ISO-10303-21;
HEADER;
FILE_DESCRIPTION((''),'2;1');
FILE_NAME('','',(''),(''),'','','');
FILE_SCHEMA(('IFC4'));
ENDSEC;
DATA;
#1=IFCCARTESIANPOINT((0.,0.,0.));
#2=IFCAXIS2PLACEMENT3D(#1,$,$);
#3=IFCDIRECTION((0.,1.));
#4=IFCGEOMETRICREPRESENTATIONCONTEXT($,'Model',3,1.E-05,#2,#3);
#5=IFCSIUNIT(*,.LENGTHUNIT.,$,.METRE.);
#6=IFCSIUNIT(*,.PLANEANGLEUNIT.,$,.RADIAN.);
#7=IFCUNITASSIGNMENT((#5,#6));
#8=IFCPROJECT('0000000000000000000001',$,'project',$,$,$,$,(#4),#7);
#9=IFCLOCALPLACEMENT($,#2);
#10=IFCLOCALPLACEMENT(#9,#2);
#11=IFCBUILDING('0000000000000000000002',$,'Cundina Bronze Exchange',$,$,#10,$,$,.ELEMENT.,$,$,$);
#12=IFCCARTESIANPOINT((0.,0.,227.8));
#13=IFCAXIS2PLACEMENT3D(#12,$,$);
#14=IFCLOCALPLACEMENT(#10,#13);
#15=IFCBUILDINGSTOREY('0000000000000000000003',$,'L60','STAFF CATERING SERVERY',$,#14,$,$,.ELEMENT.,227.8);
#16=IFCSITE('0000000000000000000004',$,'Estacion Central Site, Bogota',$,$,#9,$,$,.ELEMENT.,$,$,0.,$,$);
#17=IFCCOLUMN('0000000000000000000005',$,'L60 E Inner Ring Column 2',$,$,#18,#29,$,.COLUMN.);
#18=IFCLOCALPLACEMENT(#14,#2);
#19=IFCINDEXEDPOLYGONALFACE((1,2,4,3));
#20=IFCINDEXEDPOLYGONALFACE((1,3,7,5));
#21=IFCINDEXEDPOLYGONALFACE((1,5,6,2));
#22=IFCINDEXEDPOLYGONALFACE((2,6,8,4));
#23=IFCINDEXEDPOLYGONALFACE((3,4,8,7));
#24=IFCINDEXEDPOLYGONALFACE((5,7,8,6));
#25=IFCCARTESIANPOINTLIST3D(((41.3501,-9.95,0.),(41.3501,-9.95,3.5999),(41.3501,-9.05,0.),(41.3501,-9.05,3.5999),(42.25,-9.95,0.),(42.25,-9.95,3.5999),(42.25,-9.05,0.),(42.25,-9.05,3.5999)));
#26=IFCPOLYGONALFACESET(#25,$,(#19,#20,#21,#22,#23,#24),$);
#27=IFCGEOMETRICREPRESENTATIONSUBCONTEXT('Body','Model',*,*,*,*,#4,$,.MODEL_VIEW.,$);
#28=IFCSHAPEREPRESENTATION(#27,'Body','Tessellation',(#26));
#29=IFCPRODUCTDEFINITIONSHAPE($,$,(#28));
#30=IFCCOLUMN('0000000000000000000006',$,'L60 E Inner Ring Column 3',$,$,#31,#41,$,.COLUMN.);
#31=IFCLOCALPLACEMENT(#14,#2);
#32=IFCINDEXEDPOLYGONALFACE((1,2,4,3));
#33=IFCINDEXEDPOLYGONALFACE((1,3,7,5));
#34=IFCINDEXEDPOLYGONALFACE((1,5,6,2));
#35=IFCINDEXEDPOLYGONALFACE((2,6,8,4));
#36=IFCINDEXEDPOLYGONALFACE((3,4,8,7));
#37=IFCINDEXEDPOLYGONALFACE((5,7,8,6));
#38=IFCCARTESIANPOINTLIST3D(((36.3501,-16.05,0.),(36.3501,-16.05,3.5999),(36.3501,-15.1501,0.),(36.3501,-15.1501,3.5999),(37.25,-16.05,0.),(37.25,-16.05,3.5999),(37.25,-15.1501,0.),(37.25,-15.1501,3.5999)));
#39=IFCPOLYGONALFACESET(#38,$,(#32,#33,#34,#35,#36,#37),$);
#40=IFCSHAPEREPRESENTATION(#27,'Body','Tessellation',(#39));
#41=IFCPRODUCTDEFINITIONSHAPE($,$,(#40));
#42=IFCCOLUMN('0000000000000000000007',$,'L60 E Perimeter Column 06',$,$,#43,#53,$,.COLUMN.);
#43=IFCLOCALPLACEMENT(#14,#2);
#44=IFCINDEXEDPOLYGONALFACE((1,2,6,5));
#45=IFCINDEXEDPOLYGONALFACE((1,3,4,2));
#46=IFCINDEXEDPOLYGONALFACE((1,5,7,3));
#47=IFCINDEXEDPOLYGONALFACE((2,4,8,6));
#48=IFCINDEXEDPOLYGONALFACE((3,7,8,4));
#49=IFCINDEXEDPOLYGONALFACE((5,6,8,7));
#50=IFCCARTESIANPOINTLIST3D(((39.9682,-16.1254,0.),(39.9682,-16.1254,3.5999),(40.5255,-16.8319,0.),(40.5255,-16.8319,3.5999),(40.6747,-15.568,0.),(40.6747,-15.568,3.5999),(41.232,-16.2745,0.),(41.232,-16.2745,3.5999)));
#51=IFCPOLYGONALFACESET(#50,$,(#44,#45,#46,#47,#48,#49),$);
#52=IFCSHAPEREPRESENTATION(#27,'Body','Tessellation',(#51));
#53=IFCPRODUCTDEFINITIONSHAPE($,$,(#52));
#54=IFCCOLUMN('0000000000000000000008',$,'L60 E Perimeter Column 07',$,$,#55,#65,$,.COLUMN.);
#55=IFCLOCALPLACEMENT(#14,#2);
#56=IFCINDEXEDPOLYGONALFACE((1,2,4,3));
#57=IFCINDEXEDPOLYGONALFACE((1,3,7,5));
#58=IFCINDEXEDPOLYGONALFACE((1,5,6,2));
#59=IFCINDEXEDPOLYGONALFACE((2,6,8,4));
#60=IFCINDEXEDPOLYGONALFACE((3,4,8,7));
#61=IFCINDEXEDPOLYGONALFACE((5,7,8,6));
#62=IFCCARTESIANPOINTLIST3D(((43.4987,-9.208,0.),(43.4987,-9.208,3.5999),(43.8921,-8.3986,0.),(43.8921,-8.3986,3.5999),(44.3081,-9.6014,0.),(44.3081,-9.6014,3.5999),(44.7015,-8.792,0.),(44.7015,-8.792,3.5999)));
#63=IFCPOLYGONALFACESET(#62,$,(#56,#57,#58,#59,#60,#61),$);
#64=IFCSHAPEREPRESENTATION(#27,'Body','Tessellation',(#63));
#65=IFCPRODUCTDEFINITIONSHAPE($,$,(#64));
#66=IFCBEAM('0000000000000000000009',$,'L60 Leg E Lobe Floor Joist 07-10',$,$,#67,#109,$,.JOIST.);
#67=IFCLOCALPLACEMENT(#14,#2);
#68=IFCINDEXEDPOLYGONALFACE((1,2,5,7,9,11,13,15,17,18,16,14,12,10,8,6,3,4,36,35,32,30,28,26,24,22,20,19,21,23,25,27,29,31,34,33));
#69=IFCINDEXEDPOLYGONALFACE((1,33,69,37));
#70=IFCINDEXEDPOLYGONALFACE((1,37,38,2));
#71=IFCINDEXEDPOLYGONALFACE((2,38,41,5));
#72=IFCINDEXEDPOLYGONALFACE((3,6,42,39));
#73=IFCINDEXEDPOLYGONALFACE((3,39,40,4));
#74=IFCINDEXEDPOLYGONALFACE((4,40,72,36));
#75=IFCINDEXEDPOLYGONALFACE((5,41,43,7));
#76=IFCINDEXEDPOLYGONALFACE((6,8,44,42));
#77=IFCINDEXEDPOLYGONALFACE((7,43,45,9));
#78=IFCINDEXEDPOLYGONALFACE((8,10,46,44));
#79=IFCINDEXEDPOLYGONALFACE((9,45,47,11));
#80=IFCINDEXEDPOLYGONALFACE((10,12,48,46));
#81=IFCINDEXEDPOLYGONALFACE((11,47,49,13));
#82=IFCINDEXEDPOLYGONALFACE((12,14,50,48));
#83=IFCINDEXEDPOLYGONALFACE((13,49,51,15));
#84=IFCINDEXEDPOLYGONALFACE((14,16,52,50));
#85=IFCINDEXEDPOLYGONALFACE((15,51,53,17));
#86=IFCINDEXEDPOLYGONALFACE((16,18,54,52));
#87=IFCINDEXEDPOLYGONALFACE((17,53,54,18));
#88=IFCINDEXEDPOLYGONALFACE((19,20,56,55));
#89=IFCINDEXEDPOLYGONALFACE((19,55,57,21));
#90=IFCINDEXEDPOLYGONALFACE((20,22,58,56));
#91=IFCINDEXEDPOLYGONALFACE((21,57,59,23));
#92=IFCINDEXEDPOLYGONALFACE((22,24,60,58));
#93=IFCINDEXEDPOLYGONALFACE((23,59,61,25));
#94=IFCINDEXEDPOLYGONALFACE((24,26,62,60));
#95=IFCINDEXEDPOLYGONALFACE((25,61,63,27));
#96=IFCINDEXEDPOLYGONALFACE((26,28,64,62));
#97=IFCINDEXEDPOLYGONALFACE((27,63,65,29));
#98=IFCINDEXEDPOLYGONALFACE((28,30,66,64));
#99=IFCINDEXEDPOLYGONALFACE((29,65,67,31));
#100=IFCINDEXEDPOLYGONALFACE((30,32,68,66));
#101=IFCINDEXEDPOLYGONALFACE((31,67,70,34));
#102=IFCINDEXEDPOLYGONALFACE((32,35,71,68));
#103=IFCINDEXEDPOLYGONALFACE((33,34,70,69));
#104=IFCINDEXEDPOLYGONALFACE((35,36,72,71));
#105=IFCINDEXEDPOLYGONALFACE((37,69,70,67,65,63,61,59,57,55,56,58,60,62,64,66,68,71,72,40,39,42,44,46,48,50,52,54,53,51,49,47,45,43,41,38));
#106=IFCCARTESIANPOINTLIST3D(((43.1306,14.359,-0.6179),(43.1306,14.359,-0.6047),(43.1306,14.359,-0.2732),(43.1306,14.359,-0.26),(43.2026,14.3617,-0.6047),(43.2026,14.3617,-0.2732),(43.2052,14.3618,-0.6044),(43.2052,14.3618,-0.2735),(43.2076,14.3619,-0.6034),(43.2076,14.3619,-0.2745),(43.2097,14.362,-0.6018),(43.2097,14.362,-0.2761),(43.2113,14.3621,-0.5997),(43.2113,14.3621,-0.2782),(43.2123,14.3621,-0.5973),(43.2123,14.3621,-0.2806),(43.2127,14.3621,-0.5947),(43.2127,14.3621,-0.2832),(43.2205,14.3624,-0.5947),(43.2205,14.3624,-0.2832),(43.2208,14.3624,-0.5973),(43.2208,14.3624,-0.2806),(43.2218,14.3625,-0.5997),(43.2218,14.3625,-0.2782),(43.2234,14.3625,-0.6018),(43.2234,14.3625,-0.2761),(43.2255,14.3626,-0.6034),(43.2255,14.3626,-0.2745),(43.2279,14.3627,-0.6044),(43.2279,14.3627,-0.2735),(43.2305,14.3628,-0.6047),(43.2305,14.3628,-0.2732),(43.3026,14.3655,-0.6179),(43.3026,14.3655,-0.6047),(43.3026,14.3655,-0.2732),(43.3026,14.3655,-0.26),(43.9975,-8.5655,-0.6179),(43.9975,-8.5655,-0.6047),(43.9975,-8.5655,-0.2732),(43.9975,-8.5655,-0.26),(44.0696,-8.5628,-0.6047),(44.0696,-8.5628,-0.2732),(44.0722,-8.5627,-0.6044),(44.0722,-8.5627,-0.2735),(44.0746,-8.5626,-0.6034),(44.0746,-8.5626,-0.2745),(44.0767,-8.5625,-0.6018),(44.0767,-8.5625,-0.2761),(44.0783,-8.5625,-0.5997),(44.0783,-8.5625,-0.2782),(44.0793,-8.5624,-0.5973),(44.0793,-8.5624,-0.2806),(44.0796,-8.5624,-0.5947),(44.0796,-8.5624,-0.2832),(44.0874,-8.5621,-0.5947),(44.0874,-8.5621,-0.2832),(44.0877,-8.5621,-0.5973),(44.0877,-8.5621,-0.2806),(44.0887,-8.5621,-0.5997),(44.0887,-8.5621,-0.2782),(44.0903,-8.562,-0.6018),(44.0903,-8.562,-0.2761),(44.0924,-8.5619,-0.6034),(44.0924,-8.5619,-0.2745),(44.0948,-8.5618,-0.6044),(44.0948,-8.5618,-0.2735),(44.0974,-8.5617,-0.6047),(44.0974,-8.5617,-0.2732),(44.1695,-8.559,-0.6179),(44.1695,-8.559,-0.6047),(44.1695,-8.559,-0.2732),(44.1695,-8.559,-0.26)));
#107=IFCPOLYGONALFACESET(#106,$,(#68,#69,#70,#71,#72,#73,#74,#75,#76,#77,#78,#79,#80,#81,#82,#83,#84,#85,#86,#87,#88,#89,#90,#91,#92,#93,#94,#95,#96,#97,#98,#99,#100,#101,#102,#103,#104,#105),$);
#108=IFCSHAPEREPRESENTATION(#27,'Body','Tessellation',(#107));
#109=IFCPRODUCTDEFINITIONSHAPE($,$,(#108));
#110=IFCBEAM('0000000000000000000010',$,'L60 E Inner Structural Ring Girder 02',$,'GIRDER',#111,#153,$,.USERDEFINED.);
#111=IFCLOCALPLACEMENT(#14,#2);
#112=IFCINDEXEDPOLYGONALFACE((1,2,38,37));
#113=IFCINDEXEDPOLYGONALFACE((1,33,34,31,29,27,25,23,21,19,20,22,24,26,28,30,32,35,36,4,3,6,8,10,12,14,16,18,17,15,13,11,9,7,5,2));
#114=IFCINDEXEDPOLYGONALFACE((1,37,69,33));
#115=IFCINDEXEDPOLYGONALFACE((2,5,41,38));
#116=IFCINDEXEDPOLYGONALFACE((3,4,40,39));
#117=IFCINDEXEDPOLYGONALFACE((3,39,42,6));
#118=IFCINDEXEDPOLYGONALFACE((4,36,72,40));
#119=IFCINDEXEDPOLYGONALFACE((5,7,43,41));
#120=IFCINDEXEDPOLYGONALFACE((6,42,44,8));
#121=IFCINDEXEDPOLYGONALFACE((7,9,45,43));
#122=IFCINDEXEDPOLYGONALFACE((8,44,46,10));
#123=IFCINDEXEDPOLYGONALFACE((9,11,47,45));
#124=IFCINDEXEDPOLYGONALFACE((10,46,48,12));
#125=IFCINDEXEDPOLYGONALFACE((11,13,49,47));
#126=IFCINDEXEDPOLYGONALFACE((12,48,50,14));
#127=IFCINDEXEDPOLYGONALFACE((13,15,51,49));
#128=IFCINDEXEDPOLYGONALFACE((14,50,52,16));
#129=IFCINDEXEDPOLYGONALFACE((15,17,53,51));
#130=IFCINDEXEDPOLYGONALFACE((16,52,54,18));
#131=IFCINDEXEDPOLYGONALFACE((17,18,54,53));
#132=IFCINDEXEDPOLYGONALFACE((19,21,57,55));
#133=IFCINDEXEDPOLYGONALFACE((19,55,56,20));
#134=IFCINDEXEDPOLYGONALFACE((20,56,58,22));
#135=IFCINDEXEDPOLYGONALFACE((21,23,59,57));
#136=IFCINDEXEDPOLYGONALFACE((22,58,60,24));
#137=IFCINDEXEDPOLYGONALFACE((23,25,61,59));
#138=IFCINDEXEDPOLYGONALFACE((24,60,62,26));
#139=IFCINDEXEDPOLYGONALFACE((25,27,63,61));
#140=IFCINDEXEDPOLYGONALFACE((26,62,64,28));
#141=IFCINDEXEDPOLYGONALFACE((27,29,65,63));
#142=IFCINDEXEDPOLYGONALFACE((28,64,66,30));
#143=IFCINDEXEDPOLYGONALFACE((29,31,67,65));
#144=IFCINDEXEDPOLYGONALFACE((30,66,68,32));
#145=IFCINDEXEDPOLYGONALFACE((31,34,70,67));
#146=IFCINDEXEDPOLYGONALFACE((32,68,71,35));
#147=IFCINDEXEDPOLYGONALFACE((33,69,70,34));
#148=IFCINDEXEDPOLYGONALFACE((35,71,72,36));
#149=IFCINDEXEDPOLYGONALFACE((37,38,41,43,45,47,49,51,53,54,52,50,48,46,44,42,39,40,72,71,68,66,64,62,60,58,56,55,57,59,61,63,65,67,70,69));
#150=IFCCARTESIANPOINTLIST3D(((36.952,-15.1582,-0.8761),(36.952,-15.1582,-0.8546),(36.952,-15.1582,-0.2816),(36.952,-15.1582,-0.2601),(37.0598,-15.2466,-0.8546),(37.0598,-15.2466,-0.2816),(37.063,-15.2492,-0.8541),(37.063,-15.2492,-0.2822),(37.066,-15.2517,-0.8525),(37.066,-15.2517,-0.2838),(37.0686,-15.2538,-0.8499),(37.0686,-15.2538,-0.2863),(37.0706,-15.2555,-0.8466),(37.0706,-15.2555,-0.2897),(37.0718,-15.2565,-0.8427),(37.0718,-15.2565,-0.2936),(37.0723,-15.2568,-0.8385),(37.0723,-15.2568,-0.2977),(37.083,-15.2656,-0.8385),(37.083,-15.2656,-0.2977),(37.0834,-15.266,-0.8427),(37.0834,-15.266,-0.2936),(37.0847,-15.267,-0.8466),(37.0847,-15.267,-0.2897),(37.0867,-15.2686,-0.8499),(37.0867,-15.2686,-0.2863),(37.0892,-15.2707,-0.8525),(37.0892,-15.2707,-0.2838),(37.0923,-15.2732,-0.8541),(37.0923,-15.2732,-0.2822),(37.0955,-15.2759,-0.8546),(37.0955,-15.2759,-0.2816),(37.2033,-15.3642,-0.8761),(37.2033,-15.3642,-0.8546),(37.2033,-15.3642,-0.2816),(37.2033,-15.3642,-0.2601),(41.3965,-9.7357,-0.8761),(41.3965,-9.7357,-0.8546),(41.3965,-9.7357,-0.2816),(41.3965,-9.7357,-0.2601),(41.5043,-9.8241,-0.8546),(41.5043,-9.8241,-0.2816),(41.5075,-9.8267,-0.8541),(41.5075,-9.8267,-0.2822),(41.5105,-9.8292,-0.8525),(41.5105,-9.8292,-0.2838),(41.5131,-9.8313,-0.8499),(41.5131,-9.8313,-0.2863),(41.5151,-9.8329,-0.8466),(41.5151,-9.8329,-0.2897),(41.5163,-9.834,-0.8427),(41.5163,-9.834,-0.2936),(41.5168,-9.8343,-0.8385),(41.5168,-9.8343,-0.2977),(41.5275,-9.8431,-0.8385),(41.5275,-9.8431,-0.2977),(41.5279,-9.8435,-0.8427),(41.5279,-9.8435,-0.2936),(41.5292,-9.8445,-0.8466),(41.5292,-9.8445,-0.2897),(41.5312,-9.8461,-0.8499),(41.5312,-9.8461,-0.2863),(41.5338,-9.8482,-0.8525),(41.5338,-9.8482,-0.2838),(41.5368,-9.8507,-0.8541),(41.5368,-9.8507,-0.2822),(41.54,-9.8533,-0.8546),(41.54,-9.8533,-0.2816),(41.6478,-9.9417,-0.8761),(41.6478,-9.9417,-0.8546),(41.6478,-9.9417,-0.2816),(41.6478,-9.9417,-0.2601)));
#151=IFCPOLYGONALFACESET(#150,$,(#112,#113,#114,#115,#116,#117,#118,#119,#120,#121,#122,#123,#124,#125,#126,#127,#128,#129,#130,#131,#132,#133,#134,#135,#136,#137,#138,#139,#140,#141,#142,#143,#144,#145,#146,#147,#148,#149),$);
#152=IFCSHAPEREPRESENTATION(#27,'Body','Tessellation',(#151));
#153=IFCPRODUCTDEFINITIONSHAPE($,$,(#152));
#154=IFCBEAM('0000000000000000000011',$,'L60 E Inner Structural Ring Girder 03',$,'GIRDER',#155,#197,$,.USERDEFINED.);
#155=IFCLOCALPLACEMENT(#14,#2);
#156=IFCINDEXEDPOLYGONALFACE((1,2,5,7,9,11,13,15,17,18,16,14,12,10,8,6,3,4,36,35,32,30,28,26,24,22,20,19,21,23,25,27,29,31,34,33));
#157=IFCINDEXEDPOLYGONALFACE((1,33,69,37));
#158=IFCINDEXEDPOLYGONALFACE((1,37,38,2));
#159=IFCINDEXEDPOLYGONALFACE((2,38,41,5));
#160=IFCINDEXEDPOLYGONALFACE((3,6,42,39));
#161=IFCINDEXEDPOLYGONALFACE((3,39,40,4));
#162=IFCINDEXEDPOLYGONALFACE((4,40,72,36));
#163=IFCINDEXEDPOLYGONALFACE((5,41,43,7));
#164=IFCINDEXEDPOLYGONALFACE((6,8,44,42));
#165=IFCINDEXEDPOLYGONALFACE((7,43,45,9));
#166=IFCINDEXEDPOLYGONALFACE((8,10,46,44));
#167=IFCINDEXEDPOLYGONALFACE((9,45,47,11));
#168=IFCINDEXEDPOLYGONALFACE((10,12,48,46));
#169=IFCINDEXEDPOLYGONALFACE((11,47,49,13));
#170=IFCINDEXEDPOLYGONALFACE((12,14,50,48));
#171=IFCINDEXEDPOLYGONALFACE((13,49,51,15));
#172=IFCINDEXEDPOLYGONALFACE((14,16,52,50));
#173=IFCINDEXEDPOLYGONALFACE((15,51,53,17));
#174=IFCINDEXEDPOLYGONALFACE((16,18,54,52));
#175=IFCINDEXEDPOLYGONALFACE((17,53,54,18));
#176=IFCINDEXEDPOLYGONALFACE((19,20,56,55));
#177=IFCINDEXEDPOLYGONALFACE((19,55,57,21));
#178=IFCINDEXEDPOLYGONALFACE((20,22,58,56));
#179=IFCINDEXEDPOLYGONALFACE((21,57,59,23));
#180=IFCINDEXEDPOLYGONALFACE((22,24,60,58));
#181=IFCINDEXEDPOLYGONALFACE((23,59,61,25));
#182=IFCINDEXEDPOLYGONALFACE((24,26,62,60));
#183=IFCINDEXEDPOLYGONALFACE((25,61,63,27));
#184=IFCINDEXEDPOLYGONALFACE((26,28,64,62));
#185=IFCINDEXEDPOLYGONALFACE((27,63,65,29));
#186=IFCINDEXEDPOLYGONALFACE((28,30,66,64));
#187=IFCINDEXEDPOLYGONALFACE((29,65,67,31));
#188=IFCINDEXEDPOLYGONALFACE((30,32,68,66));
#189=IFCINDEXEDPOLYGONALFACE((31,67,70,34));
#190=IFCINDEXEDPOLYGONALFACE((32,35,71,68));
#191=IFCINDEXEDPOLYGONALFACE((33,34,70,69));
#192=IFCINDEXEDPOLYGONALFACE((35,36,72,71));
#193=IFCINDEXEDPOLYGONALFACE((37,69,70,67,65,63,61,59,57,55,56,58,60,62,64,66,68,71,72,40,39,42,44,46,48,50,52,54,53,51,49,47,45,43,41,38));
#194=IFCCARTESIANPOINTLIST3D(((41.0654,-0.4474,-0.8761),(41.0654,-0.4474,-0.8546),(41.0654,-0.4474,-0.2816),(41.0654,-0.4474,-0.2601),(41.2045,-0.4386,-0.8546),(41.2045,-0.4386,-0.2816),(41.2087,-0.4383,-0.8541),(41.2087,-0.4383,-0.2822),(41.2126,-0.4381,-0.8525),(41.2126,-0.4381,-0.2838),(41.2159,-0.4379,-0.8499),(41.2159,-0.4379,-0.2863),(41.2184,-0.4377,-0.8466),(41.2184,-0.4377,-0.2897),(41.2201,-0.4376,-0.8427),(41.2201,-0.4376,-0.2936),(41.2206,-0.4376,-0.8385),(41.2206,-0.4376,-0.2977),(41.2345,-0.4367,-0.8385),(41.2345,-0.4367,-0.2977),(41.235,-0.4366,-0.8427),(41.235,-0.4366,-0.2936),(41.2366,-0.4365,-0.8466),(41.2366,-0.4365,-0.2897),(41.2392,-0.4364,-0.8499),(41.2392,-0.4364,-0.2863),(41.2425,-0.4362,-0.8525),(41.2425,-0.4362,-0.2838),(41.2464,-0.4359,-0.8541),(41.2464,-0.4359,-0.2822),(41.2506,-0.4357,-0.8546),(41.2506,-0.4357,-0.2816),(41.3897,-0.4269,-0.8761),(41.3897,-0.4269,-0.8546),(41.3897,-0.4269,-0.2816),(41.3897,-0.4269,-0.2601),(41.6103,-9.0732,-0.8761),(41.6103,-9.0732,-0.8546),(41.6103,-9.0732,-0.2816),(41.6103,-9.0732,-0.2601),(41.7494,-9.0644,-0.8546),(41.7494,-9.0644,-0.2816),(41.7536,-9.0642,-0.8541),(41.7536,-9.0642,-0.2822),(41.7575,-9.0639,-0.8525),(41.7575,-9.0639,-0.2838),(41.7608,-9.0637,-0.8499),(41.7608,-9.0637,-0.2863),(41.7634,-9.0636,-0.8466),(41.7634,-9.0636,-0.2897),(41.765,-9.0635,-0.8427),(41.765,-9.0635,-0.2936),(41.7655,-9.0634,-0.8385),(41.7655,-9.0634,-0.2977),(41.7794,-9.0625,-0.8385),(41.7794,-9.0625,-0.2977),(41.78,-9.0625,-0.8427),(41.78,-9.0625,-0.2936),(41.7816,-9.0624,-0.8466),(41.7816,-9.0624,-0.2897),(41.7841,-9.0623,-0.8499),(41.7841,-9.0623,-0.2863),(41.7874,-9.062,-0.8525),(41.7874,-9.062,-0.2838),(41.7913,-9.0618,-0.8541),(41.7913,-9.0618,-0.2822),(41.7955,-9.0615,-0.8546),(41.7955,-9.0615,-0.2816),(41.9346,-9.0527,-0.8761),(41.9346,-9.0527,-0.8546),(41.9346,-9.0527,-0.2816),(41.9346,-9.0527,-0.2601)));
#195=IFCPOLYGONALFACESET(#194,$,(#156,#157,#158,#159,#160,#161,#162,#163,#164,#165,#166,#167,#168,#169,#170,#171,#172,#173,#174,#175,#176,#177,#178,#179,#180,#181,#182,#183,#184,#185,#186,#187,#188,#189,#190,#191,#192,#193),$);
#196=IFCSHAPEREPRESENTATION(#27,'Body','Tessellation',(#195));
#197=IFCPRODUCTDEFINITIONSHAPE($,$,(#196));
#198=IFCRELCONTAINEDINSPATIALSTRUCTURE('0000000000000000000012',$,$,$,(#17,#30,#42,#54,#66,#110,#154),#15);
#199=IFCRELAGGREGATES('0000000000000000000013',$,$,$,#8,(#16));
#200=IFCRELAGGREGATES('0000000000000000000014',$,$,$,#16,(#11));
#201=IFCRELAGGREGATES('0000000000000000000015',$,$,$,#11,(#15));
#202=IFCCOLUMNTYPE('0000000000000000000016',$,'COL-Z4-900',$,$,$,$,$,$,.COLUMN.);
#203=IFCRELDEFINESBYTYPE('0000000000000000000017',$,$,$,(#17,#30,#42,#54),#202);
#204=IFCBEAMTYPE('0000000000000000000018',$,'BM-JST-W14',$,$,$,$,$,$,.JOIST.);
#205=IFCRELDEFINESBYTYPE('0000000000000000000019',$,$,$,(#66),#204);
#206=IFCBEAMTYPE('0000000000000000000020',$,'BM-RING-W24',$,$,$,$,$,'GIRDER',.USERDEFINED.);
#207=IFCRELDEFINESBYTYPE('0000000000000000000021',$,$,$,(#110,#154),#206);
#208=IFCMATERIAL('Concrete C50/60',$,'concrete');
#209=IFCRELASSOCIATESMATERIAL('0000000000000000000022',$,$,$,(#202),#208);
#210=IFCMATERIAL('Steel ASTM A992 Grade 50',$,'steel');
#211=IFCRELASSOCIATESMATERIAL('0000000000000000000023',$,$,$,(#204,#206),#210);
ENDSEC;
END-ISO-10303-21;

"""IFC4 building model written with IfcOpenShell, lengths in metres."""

from ifc_helpers import new_model, si_unit, direction, frame, origin, origin_2d, place, context, subcontext, project, spatial, rectangle, i_section, extrude, material, material_profile, profile_set, type_object, element, save


model = new_model("IFC4")

# Units and contexts
model_context = context("Model", 3, precision=1e-05, world=origin(), true_north=direction((0.0, 1.0)))
body_context = subcontext(model_context, "Body", "Model", "MODEL_VIEW")
ifc_project = project(units=[si_unit("LENGTHUNIT", "METRE"), si_unit("PLANEANGLEUNIT", "RADIAN")], contexts=[model_context])

# Site, building, storey
site_placement = place(None, origin())
site = spatial("IfcSite", under=ifc_project, at=site_placement, Name="Estacion Central Site, Bogota", CompositionType="ELEMENT", RefElevation=0.0)
building_placement = place(site_placement, origin())
building = spatial("IfcBuilding", under=site, at=building_placement, Name="Cundina Bronze Exchange", CompositionType="ELEMENT")
storey_placement = place(building_placement, frame((0.0, 0.0, 227.8)))
storey = spatial("IfcBuildingStorey", under=building, at=storey_placement, Name="L60", Description="STAFF CATERING SERVERY", CompositionType="ELEMENT", Elevation=227.8)

# Columns
ifc_material_1 = material(Name="Concrete C50/60", Category="concrete")
ifc_material_profile_1 = material_profile(ifc_material_1, rectangle(XDim=0.8999, YDim=0.8999, at=origin_2d()), Name="RC900X900", Category="concrete")
ifc_profile_set_1 = profile_set([ifc_material_profile_1], Name="Concrete C50/60")
column_type = type_object("IfcColumnType", Name="COL-Z4-900", PredefinedType="COLUMN", material=ifc_profile_set_1)
for number, where, z_axis, x_axis, name in (
    (1, (41.8, -9.5, 0.0), (0.0, 0.0, 1.0), (1.0, 0.0, 0.0), "L60 E Inner Ring Column 2"),
    (2, (36.8, -15.6001, 0.0), (0.0, 0.0, 1.0), (1.0, 0.0, 0.0), "L60 E Inner Ring Column 3"),
    (3, (40.6001, -16.2, 0.0), (0.0, 0.0, 1.0), (0.785101, 0.619368, 0.0), "L60 E Perimeter Column 06"),
    (4, (44.1001, -9.0, 0.0), (0.0, 0.0, 1.0), (0.437116, 0.899405, 0.0), "L60 E Perimeter Column 07"),
):
    element("IfcColumn", number, at=place(storey_placement, frame(where, z_axis=z_axis, x_axis=x_axis)), inside=storey, type_object=column_type, Name=name, PredefinedType="COLUMN", context=body_context, shape_type="SweptSolid", body=[
        extrude(rectangle(XDim=0.8999, YDim=0.8999, at=origin_2d()), origin(), (0.0, 0.0, 1.0), 3.5999),
    ])

# Beams
ifc_material_2 = material(Name="Steel ASTM A992 Grade 50", Category="steel")
ifc_material_profile_2 = material_profile(ifc_material_2, i_section(OverallWidth=0.1721, OverallDepth=0.3579, WebThickness=0.0078, FlangeThickness=0.0132, FilletRadius=0.01, at=origin_2d()), Name="W14X38", Category="steel")
ifc_profile_set_2 = profile_set([ifc_material_profile_2], Name="Steel ASTM A992 Grade 50")
beam_type_1 = type_object("IfcBeamType", Name="BM-JST-W14", PredefinedType="JOIST", material=ifc_profile_set_2)
beam_1_placement = place(storey_placement, frame((44.0835, -8.5623, -0.439), z_axis=(-0.03779, 0.999286, 0.0), x_axis=(-0.999286, -0.03779, 0.0)))
element("IfcBeam", 5, at=beam_1_placement, inside=storey, type_object=beam_type_1, Name="L60 Leg E Lobe Floor Joist 07-10", PredefinedType="JOIST", context=body_context, shape_type="SweptSolid", body=[
    extrude(i_section(OverallWidth=0.1721, OverallDepth=0.3579, WebThickness=0.0078, FlangeThickness=0.0132, FilletRadius=0.01, at=origin_2d()), origin(), (0.0, 0.0, 1.0), 22.9409),
])
ifc_material_profile_3 = material_profile(ifc_material_2, i_section(OverallWidth=0.325, OverallDepth=0.616, WebThickness=0.0139, FlangeThickness=0.0215, FilletRadius=0.0161, at=origin_2d()), Name="W24X117", Category="steel")
ifc_profile_set_3 = profile_set([ifc_material_profile_3], Name="Steel ASTM A992 Grade 50")
beam_type_2 = type_object("IfcBeamType", Name="BM-RING-W24", ElementType="GIRDER", PredefinedType="USERDEFINED", material=ifc_profile_set_3)
beam_2_placement = place(storey_placement, frame((37.0776, -15.2612, -0.5681), z_axis=(0.633913, 0.773405, 0.0), x_axis=(-0.773405, 0.633913, 0.0)))
element("IfcBeam", 6, at=beam_2_placement, inside=storey, type_object=beam_type_2, Name="L60 E Inner Structural Ring Girder 02", ObjectType="GIRDER", PredefinedType="USERDEFINED", context=body_context, shape_type="SweptSolid", body=[
    extrude(i_section(OverallWidth=0.325, OverallDepth=0.616, WebThickness=0.0139, FlangeThickness=0.0215, FilletRadius=0.0161, at=origin_2d()), origin(), (0.0, 0.0, 1.0), 7.0112),
])
beam_3_placement = place(storey_placement, frame((41.7725, -9.063, -0.5681), z_axis=(-0.063047, 0.998011, 0.0), x_axis=(-0.998011, -0.063047, 0.0)))
element("IfcBeam", 7, at=beam_3_placement, inside=storey, type_object=beam_type_2, Name="L60 E Inner Structural Ring Girder 03", ObjectType="GIRDER", PredefinedType="USERDEFINED", context=body_context, shape_type="SweptSolid", body=[
    extrude(i_section(OverallWidth=0.325, OverallDepth=0.616, WebThickness=0.0139, FlangeThickness=0.0215, FilletRadius=0.0161, at=origin_2d()), origin(), (0.0, 0.0, 1.0), 8.6431),
])

save(model, "model.ifc")
